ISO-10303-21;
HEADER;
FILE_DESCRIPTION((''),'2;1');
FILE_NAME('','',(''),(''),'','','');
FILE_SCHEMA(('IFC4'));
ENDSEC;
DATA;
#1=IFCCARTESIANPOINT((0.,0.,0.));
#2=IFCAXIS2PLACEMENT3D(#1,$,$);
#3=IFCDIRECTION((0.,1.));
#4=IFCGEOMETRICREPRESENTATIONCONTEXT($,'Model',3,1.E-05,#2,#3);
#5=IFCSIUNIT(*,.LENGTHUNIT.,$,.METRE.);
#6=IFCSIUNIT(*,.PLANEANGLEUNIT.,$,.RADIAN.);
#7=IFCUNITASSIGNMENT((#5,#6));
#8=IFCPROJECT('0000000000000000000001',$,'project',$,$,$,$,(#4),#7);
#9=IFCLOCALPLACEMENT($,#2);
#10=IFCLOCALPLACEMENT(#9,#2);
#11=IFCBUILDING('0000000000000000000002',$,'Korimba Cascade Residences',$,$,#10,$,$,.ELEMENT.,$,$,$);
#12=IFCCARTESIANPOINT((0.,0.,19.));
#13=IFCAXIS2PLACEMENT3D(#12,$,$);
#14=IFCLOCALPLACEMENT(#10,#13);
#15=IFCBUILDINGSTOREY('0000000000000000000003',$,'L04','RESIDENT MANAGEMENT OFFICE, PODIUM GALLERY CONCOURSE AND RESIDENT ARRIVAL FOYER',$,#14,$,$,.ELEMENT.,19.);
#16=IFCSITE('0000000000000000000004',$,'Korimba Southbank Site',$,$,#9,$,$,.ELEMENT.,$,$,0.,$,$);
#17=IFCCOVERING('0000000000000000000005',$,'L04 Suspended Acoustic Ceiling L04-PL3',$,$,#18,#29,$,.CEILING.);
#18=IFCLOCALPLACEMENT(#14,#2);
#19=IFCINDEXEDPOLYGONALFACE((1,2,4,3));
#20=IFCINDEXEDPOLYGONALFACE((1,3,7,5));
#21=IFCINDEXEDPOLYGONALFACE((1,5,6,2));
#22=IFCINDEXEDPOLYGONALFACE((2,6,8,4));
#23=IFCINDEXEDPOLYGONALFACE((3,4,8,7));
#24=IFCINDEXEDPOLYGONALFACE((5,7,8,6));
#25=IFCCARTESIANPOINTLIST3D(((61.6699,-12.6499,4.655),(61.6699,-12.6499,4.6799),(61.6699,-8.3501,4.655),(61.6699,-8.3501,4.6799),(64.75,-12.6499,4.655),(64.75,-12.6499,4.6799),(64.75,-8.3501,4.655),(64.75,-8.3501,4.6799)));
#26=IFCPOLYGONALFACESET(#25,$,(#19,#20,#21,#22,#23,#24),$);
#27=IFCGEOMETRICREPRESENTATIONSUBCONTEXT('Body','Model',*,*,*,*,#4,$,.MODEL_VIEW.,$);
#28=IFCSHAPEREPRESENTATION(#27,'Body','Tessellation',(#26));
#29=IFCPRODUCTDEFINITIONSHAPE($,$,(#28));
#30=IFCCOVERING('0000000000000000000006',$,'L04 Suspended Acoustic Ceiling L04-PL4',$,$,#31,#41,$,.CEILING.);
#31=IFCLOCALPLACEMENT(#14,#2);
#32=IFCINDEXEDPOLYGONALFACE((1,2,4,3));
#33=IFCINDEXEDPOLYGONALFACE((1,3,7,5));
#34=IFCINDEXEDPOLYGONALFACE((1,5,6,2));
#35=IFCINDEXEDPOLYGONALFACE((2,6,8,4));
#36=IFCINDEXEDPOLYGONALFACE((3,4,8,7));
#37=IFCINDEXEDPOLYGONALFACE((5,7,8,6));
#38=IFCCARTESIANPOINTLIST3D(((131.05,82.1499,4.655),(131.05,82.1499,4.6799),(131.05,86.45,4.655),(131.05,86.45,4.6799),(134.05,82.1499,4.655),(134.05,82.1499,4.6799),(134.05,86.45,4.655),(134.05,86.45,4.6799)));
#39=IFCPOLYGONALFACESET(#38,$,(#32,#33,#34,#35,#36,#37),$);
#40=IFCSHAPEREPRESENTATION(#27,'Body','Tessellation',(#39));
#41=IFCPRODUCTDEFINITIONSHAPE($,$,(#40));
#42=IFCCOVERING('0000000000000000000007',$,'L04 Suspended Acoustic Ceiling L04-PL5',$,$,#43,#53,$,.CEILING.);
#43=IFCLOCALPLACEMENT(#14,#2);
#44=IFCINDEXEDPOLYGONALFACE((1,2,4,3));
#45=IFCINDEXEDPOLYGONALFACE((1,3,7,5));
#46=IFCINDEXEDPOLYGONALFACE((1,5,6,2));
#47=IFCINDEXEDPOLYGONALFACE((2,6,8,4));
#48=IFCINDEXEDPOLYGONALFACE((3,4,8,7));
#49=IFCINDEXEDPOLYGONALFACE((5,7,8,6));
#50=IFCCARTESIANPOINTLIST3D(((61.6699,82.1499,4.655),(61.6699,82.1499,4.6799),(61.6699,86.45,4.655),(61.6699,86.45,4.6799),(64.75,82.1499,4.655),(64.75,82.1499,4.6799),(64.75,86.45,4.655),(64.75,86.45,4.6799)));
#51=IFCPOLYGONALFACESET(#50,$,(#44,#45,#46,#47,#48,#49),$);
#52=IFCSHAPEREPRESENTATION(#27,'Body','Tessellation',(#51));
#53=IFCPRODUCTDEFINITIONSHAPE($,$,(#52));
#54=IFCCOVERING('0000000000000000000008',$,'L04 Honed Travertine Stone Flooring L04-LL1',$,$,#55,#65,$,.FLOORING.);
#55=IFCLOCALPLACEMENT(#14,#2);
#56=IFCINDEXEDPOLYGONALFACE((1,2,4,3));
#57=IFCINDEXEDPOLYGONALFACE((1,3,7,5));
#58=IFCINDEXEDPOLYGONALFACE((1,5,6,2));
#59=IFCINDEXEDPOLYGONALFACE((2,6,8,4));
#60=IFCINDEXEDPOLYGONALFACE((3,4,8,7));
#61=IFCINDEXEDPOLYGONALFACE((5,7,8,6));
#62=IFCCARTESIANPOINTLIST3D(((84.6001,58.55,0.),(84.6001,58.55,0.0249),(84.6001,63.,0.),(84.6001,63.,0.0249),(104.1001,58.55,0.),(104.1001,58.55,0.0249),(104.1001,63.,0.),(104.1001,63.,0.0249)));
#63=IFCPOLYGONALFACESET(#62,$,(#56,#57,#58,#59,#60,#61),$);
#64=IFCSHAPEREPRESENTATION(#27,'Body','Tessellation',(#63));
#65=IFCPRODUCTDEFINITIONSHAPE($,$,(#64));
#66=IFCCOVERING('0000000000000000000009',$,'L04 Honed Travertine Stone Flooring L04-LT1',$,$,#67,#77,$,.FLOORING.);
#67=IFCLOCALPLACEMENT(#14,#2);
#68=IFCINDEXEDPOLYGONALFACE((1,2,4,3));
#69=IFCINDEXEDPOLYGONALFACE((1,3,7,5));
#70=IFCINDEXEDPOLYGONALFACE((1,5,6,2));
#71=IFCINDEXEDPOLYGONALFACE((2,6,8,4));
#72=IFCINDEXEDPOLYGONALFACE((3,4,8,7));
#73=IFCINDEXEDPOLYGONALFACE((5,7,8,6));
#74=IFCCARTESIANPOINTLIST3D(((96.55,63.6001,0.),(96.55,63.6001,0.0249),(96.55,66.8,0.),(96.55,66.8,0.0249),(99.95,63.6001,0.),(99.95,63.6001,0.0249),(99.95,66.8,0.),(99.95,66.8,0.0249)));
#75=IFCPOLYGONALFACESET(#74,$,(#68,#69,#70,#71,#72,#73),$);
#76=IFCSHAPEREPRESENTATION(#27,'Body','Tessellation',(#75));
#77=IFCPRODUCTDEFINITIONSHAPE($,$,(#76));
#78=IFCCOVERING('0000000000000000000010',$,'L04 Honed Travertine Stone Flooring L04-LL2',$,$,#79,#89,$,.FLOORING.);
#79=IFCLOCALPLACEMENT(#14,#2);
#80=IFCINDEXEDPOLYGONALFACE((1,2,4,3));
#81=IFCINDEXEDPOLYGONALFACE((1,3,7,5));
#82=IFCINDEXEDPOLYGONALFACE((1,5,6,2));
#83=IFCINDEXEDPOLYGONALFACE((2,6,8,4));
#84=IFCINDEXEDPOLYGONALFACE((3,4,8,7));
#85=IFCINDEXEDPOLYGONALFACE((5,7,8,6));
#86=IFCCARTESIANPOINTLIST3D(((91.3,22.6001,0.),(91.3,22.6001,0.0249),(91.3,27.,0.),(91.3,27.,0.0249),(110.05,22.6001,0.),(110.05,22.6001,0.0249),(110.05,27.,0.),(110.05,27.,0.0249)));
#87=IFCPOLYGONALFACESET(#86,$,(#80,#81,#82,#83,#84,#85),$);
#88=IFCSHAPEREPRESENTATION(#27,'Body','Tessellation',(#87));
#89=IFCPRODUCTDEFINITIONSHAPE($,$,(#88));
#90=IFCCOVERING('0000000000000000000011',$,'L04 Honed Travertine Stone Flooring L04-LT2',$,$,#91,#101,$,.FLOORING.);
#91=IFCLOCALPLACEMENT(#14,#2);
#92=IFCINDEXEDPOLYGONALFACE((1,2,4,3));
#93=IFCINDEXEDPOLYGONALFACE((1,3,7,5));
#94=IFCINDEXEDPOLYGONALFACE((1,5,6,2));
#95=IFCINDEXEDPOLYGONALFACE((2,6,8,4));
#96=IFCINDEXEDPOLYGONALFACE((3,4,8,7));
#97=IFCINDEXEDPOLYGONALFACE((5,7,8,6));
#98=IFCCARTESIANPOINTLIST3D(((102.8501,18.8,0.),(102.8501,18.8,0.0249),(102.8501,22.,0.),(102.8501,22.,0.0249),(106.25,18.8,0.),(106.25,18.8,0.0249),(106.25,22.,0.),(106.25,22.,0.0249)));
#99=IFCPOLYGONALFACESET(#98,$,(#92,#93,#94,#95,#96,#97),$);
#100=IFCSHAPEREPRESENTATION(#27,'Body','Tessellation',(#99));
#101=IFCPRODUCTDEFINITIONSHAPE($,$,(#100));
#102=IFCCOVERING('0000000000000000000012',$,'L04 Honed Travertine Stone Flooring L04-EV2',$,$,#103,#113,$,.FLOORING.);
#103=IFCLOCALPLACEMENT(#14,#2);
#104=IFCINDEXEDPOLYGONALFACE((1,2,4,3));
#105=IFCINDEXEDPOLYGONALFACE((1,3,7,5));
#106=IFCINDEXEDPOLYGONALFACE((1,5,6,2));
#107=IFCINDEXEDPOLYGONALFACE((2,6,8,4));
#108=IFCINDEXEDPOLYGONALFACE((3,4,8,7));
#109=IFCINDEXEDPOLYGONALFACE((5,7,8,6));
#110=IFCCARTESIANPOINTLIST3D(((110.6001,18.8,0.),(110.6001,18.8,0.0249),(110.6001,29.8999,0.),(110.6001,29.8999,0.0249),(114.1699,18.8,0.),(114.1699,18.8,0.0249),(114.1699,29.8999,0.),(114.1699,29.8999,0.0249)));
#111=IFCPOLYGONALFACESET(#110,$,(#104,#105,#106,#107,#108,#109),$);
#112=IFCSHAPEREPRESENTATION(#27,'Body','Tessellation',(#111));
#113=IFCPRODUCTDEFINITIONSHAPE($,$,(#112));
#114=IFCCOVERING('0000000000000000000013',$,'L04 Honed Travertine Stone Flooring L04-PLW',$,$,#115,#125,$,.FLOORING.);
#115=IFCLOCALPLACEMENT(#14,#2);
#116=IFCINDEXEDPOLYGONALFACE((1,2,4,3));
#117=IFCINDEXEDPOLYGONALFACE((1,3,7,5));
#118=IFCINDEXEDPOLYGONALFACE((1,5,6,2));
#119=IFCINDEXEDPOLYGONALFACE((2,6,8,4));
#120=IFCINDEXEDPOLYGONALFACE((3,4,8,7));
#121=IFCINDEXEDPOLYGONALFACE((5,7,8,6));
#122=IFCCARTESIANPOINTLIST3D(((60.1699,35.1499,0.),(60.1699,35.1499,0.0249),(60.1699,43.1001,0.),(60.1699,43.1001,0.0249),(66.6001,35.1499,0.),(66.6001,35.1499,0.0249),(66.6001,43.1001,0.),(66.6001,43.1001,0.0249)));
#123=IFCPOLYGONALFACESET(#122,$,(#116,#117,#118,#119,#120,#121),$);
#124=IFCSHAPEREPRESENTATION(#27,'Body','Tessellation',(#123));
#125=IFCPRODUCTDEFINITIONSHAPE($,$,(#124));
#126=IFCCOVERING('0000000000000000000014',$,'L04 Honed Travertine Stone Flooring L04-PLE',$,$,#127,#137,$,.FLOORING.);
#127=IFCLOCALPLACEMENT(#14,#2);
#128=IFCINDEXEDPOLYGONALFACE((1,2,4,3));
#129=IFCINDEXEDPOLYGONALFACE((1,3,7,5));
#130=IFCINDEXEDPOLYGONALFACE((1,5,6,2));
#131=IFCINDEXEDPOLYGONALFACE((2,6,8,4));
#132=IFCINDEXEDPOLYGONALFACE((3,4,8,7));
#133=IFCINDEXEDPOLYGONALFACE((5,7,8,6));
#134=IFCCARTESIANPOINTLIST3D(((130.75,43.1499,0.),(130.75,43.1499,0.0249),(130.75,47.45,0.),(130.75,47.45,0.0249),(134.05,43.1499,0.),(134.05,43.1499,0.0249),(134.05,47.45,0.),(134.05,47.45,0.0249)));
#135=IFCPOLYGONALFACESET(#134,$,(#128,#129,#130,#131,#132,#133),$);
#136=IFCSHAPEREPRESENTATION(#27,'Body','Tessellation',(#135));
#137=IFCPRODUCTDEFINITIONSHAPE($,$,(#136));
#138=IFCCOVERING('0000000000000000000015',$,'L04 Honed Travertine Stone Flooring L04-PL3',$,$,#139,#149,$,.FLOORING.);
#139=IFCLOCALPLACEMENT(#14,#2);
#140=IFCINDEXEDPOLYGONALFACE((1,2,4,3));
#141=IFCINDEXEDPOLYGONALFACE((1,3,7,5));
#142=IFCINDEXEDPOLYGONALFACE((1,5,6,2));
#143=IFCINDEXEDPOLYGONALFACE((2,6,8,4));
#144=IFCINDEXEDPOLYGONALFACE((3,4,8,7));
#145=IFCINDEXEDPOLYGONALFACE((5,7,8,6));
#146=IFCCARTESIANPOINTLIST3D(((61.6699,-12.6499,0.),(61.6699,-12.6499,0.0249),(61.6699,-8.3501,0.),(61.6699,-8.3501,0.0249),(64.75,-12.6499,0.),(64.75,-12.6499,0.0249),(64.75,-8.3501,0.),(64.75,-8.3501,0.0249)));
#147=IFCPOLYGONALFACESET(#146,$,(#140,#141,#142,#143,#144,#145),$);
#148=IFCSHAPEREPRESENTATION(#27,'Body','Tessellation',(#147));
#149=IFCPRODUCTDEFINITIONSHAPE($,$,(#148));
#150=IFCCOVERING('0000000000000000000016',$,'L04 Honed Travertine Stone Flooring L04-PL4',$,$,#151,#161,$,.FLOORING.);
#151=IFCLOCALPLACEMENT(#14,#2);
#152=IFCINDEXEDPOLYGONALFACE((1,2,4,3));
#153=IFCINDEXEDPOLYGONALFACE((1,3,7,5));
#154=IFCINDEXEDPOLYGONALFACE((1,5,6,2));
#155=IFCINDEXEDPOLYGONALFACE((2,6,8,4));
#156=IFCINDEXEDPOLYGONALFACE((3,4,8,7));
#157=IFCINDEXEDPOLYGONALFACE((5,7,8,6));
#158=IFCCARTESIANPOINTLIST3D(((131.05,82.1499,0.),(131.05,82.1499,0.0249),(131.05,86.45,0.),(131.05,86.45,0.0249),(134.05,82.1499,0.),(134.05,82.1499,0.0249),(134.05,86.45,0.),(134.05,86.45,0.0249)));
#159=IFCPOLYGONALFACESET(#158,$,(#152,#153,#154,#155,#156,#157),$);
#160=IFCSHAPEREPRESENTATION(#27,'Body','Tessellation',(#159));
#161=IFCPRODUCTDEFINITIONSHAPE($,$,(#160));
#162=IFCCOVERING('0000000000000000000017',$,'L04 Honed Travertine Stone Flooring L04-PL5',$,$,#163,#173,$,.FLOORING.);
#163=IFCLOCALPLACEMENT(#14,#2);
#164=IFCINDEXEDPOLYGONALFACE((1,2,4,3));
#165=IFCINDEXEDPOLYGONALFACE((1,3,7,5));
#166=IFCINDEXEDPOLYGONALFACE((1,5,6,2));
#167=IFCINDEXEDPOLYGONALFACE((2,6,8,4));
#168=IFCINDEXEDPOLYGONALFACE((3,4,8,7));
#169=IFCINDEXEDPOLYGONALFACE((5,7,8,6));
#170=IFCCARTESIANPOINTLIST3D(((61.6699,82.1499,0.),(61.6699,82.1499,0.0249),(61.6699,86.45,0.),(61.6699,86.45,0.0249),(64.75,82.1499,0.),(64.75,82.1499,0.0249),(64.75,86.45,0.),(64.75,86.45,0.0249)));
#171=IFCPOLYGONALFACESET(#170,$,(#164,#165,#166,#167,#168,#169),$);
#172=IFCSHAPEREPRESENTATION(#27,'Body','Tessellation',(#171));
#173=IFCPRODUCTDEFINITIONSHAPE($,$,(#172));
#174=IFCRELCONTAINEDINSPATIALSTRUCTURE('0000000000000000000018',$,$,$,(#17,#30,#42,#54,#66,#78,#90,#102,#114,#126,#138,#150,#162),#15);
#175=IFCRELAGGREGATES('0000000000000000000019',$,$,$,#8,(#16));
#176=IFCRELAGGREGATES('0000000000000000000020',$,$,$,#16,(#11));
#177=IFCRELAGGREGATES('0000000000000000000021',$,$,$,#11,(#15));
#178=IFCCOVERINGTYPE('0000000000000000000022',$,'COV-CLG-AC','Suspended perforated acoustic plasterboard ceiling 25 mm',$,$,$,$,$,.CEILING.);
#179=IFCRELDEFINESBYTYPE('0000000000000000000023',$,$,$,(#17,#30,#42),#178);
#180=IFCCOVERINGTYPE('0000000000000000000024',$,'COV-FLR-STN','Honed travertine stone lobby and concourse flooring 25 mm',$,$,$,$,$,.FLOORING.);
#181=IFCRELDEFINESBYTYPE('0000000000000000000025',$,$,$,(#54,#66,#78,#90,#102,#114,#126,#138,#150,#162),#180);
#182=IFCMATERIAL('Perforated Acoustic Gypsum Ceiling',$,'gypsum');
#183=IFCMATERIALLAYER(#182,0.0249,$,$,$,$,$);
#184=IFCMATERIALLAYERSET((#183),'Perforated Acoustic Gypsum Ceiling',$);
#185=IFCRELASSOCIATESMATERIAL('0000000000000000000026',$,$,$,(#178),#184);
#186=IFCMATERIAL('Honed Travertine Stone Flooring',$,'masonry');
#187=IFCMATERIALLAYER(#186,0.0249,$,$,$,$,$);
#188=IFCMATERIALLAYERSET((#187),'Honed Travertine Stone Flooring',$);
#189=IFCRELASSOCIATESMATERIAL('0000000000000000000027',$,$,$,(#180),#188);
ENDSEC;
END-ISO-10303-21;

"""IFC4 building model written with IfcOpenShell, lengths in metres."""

from ifc_helpers import new_model, si_unit, direction, frame, origin, place, context, subcontext, project, spatial, polyline, outline, extrude, material, layer, layer_set, type_object, element, save


model = new_model("IFC4")

# Units and contexts
model_context = context("Model", 3, precision=1e-05, world=origin(), true_north=direction((0.0, 1.0)))
body_context = subcontext(model_context, "Body", "Model", "MODEL_VIEW")
ifc_project = project(units=[si_unit("LENGTHUNIT", "METRE"), si_unit("PLANEANGLEUNIT", "RADIAN")], contexts=[model_context])

# Site, building, storey
site_placement = place(None, origin())
site = spatial("IfcSite", under=ifc_project, at=site_placement, Name="Korimba Southbank Site", CompositionType="ELEMENT", RefElevation=0.0)
building_placement = place(site_placement, origin())
building = spatial("IfcBuilding", under=site, at=building_placement, Name="Korimba Cascade Residences", CompositionType="ELEMENT")
storey_placement = place(building_placement, frame((0.0, 0.0, 19.0)))
storey = spatial("IfcBuildingStorey", under=building, at=storey_placement, Name="L04", Description="RESIDENT MANAGEMENT OFFICE, PODIUM GALLERY CONCOURSE AND RESIDENT ARRIVAL FOYER", CompositionType="ELEMENT", Elevation=19.0)

# Coverings
ifc_material_1 = material(Name="Perforated Acoustic Gypsum Ceiling", Category="gypsum")
ifc_layer_1 = layer(ifc_material_1, 0.0249)
ifc_layer_set_1 = layer_set([ifc_layer_1], Name="Perforated Acoustic Gypsum Ceiling")
covering_type_1 = type_object("IfcCoveringType", Name="COV-CLG-AC", Description="Suspended perforated acoustic plasterboard ceiling 25 mm", PredefinedType="CEILING", material=ifc_layer_set_1)
covering_1_placement = place(storey_placement, frame((0.0, 0.0, 4.655)))
element("IfcCovering", 1, at=covering_1_placement, inside=storey, type_object=covering_type_1, Name="L04 Suspended Acoustic Ceiling L04-PL3", PredefinedType="CEILING", context=body_context, shape_type="SweptSolid", body=[
    extrude(outline(polyline([(61.6699, -12.6499), (64.75, -12.6499), (64.75, -8.3501), (61.6699, -8.3501), (61.6699, -12.6499)])), origin(), (0.0, 0.0, 1.0), 0.0249),
])
covering_2_placement = place(storey_placement, frame((0.0, 0.0, 4.655)))
element("IfcCovering", 2, at=covering_2_placement, inside=storey, type_object=covering_type_1, Name="L04 Suspended Acoustic Ceiling L04-PL4", PredefinedType="CEILING", context=body_context, shape_type="SweptSolid", body=[
    extrude(outline(polyline([(131.05, 82.1499), (134.05, 82.1499), (134.05, 86.45), (131.05, 86.45), (131.05, 82.1499)])), origin(), (0.0, 0.0, 1.0), 0.0249),
])
covering_3_placement = place(storey_placement, frame((0.0, 0.0, 4.655)))
element("IfcCovering", 3, at=covering_3_placement, inside=storey, type_object=covering_type_1, Name="L04 Suspended Acoustic Ceiling L04-PL5", PredefinedType="CEILING", context=body_context, shape_type="SweptSolid", body=[
    extrude(outline(polyline([(61.6699, 82.1499), (64.75, 82.1499), (64.75, 86.45), (61.6699, 86.45), (61.6699, 82.1499)])), origin(), (0.0, 0.0, 1.0), 0.0249),
])
ifc_material_2 = material(Name="Honed Travertine Stone Flooring", Category="masonry")
ifc_layer_2 = layer(ifc_material_2, 0.0249)
ifc_layer_set_2 = layer_set([ifc_layer_2], Name="Honed Travertine Stone Flooring")
covering_type_2 = type_object("IfcCoveringType", Name="COV-FLR-STN", Description="Honed travertine stone lobby and concourse flooring 25 mm", PredefinedType="FLOORING", material=ifc_layer_set_2)
covering_4_placement = place(storey_placement, origin())
element("IfcCovering", 4, at=covering_4_placement, inside=storey, type_object=covering_type_2, Name="L04 Honed Travertine Stone Flooring L04-LL1", PredefinedType="FLOORING", context=body_context, shape_type="SweptSolid", body=[
    extrude(outline(polyline([(84.6001, 58.55), (104.1001, 58.55), (104.1001, 63.0), (84.6001, 63.0), (84.6001, 58.55)])), origin(), (0.0, 0.0, 1.0), 0.0249),
])
covering_5_placement = place(storey_placement, origin())
element("IfcCovering", 5, at=covering_5_placement, inside=storey, type_object=covering_type_2, Name="L04 Honed Travertine Stone Flooring L04-LT1", PredefinedType="FLOORING", context=body_context, shape_type="SweptSolid", body=[
    extrude(outline(polyline([(96.55, 63.6001), (99.95, 63.6001), (99.95, 66.8), (96.55, 66.8), (96.55, 63.6001)])), origin(), (0.0, 0.0, 1.0), 0.0249),
])
covering_6_placement = place(storey_placement, origin())
element("IfcCovering", 6, at=covering_6_placement, inside=storey, type_object=covering_type_2, Name="L04 Honed Travertine Stone Flooring L04-LL2", PredefinedType="FLOORING", context=body_context, shape_type="SweptSolid", body=[
    extrude(outline(polyline([(91.3, 22.6001), (110.05, 22.6001), (110.05, 27.0), (91.3, 27.0), (91.3, 22.6001)])), origin(), (0.0, 0.0, 1.0), 0.0249),
])
covering_7_placement = place(storey_placement, origin())
element("IfcCovering", 7, at=covering_7_placement, inside=storey, type_object=covering_type_2, Name="L04 Honed Travertine Stone Flooring L04-LT2", PredefinedType="FLOORING", context=body_context, shape_type="SweptSolid", body=[
    extrude(outline(polyline([(102.8501, 18.8), (106.25, 18.8), (106.25, 22.0), (102.8501, 22.0), (102.8501, 18.8)])), origin(), (0.0, 0.0, 1.0), 0.0249),
])
covering_8_placement = place(storey_placement, origin())
element("IfcCovering", 8, at=covering_8_placement, inside=storey, type_object=covering_type_2, Name="L04 Honed Travertine Stone Flooring L04-EV2", PredefinedType="FLOORING", context=body_context, shape_type="SweptSolid", body=[
    extrude(outline(polyline([(110.6001, 18.8), (114.1699, 18.8), (114.1699, 29.8999), (110.6001, 29.8999), (110.6001, 18.8)])), origin(), (0.0, 0.0, 1.0), 0.0249),
])
covering_9_placement = place(storey_placement, origin())
element("IfcCovering", 9, at=covering_9_placement, inside=storey, type_object=covering_type_2, Name="L04 Honed Travertine Stone Flooring L04-PLW", PredefinedType="FLOORING", context=body_context, shape_type="SweptSolid", body=[
    extrude(outline(polyline([(60.1699, 35.1499), (66.6001, 35.1499), (66.6001, 43.1001), (60.1699, 43.1001), (60.1699, 35.1499)])), origin(), (0.0, 0.0, 1.0), 0.0249),
])
covering_10_placement = place(storey_placement, origin())
element("IfcCovering", 10, at=covering_10_placement, inside=storey, type_object=covering_type_2, Name="L04 Honed Travertine Stone Flooring L04-PLE", PredefinedType="FLOORING", context=body_context, shape_type="SweptSolid", body=[
    extrude(outline(polyline([(130.75, 43.1499), (134.05, 43.1499), (134.05, 47.45), (130.75, 47.45), (130.75, 43.1499)])), origin(), (0.0, 0.0, 1.0), 0.0249),
])
covering_11_placement = place(storey_placement, origin())
element("IfcCovering", 11, at=covering_11_placement, inside=storey, type_object=covering_type_2, Name="L04 Honed Travertine Stone Flooring L04-PL3", PredefinedType="FLOORING", context=body_context, shape_type="SweptSolid", body=[
    extrude(outline(polyline([(61.6699, -12.6499), (64.75, -12.6499), (64.75, -8.3501), (61.6699, -8.3501), (61.6699, -12.6499)])), origin(), (0.0, 0.0, 1.0), 0.0249),
])
covering_12_placement = place(storey_placement, origin())
element("IfcCovering", 12, at=covering_12_placement, inside=storey, type_object=covering_type_2, Name="L04 Honed Travertine Stone Flooring L04-PL4", PredefinedType="FLOORING", context=body_context, shape_type="SweptSolid", body=[
    extrude(outline(polyline([(131.05, 82.1499), (134.05, 82.1499), (134.05, 86.45), (131.05, 86.45), (131.05, 82.1499)])), origin(), (0.0, 0.0, 1.0), 0.0249),
])
covering_13_placement = place(storey_placement, origin())
element("IfcCovering", 13, at=covering_13_placement, inside=storey, type_object=covering_type_2, Name="L04 Honed Travertine Stone Flooring L04-PL5", PredefinedType="FLOORING", context=body_context, shape_type="SweptSolid", body=[
    extrude(outline(polyline([(61.6699, 82.1499), (64.75, 82.1499), (64.75, 86.45), (61.6699, 86.45), (61.6699, 82.1499)])), origin(), (0.0, 0.0, 1.0), 0.0249),
])

save(model, "model.ifc")
